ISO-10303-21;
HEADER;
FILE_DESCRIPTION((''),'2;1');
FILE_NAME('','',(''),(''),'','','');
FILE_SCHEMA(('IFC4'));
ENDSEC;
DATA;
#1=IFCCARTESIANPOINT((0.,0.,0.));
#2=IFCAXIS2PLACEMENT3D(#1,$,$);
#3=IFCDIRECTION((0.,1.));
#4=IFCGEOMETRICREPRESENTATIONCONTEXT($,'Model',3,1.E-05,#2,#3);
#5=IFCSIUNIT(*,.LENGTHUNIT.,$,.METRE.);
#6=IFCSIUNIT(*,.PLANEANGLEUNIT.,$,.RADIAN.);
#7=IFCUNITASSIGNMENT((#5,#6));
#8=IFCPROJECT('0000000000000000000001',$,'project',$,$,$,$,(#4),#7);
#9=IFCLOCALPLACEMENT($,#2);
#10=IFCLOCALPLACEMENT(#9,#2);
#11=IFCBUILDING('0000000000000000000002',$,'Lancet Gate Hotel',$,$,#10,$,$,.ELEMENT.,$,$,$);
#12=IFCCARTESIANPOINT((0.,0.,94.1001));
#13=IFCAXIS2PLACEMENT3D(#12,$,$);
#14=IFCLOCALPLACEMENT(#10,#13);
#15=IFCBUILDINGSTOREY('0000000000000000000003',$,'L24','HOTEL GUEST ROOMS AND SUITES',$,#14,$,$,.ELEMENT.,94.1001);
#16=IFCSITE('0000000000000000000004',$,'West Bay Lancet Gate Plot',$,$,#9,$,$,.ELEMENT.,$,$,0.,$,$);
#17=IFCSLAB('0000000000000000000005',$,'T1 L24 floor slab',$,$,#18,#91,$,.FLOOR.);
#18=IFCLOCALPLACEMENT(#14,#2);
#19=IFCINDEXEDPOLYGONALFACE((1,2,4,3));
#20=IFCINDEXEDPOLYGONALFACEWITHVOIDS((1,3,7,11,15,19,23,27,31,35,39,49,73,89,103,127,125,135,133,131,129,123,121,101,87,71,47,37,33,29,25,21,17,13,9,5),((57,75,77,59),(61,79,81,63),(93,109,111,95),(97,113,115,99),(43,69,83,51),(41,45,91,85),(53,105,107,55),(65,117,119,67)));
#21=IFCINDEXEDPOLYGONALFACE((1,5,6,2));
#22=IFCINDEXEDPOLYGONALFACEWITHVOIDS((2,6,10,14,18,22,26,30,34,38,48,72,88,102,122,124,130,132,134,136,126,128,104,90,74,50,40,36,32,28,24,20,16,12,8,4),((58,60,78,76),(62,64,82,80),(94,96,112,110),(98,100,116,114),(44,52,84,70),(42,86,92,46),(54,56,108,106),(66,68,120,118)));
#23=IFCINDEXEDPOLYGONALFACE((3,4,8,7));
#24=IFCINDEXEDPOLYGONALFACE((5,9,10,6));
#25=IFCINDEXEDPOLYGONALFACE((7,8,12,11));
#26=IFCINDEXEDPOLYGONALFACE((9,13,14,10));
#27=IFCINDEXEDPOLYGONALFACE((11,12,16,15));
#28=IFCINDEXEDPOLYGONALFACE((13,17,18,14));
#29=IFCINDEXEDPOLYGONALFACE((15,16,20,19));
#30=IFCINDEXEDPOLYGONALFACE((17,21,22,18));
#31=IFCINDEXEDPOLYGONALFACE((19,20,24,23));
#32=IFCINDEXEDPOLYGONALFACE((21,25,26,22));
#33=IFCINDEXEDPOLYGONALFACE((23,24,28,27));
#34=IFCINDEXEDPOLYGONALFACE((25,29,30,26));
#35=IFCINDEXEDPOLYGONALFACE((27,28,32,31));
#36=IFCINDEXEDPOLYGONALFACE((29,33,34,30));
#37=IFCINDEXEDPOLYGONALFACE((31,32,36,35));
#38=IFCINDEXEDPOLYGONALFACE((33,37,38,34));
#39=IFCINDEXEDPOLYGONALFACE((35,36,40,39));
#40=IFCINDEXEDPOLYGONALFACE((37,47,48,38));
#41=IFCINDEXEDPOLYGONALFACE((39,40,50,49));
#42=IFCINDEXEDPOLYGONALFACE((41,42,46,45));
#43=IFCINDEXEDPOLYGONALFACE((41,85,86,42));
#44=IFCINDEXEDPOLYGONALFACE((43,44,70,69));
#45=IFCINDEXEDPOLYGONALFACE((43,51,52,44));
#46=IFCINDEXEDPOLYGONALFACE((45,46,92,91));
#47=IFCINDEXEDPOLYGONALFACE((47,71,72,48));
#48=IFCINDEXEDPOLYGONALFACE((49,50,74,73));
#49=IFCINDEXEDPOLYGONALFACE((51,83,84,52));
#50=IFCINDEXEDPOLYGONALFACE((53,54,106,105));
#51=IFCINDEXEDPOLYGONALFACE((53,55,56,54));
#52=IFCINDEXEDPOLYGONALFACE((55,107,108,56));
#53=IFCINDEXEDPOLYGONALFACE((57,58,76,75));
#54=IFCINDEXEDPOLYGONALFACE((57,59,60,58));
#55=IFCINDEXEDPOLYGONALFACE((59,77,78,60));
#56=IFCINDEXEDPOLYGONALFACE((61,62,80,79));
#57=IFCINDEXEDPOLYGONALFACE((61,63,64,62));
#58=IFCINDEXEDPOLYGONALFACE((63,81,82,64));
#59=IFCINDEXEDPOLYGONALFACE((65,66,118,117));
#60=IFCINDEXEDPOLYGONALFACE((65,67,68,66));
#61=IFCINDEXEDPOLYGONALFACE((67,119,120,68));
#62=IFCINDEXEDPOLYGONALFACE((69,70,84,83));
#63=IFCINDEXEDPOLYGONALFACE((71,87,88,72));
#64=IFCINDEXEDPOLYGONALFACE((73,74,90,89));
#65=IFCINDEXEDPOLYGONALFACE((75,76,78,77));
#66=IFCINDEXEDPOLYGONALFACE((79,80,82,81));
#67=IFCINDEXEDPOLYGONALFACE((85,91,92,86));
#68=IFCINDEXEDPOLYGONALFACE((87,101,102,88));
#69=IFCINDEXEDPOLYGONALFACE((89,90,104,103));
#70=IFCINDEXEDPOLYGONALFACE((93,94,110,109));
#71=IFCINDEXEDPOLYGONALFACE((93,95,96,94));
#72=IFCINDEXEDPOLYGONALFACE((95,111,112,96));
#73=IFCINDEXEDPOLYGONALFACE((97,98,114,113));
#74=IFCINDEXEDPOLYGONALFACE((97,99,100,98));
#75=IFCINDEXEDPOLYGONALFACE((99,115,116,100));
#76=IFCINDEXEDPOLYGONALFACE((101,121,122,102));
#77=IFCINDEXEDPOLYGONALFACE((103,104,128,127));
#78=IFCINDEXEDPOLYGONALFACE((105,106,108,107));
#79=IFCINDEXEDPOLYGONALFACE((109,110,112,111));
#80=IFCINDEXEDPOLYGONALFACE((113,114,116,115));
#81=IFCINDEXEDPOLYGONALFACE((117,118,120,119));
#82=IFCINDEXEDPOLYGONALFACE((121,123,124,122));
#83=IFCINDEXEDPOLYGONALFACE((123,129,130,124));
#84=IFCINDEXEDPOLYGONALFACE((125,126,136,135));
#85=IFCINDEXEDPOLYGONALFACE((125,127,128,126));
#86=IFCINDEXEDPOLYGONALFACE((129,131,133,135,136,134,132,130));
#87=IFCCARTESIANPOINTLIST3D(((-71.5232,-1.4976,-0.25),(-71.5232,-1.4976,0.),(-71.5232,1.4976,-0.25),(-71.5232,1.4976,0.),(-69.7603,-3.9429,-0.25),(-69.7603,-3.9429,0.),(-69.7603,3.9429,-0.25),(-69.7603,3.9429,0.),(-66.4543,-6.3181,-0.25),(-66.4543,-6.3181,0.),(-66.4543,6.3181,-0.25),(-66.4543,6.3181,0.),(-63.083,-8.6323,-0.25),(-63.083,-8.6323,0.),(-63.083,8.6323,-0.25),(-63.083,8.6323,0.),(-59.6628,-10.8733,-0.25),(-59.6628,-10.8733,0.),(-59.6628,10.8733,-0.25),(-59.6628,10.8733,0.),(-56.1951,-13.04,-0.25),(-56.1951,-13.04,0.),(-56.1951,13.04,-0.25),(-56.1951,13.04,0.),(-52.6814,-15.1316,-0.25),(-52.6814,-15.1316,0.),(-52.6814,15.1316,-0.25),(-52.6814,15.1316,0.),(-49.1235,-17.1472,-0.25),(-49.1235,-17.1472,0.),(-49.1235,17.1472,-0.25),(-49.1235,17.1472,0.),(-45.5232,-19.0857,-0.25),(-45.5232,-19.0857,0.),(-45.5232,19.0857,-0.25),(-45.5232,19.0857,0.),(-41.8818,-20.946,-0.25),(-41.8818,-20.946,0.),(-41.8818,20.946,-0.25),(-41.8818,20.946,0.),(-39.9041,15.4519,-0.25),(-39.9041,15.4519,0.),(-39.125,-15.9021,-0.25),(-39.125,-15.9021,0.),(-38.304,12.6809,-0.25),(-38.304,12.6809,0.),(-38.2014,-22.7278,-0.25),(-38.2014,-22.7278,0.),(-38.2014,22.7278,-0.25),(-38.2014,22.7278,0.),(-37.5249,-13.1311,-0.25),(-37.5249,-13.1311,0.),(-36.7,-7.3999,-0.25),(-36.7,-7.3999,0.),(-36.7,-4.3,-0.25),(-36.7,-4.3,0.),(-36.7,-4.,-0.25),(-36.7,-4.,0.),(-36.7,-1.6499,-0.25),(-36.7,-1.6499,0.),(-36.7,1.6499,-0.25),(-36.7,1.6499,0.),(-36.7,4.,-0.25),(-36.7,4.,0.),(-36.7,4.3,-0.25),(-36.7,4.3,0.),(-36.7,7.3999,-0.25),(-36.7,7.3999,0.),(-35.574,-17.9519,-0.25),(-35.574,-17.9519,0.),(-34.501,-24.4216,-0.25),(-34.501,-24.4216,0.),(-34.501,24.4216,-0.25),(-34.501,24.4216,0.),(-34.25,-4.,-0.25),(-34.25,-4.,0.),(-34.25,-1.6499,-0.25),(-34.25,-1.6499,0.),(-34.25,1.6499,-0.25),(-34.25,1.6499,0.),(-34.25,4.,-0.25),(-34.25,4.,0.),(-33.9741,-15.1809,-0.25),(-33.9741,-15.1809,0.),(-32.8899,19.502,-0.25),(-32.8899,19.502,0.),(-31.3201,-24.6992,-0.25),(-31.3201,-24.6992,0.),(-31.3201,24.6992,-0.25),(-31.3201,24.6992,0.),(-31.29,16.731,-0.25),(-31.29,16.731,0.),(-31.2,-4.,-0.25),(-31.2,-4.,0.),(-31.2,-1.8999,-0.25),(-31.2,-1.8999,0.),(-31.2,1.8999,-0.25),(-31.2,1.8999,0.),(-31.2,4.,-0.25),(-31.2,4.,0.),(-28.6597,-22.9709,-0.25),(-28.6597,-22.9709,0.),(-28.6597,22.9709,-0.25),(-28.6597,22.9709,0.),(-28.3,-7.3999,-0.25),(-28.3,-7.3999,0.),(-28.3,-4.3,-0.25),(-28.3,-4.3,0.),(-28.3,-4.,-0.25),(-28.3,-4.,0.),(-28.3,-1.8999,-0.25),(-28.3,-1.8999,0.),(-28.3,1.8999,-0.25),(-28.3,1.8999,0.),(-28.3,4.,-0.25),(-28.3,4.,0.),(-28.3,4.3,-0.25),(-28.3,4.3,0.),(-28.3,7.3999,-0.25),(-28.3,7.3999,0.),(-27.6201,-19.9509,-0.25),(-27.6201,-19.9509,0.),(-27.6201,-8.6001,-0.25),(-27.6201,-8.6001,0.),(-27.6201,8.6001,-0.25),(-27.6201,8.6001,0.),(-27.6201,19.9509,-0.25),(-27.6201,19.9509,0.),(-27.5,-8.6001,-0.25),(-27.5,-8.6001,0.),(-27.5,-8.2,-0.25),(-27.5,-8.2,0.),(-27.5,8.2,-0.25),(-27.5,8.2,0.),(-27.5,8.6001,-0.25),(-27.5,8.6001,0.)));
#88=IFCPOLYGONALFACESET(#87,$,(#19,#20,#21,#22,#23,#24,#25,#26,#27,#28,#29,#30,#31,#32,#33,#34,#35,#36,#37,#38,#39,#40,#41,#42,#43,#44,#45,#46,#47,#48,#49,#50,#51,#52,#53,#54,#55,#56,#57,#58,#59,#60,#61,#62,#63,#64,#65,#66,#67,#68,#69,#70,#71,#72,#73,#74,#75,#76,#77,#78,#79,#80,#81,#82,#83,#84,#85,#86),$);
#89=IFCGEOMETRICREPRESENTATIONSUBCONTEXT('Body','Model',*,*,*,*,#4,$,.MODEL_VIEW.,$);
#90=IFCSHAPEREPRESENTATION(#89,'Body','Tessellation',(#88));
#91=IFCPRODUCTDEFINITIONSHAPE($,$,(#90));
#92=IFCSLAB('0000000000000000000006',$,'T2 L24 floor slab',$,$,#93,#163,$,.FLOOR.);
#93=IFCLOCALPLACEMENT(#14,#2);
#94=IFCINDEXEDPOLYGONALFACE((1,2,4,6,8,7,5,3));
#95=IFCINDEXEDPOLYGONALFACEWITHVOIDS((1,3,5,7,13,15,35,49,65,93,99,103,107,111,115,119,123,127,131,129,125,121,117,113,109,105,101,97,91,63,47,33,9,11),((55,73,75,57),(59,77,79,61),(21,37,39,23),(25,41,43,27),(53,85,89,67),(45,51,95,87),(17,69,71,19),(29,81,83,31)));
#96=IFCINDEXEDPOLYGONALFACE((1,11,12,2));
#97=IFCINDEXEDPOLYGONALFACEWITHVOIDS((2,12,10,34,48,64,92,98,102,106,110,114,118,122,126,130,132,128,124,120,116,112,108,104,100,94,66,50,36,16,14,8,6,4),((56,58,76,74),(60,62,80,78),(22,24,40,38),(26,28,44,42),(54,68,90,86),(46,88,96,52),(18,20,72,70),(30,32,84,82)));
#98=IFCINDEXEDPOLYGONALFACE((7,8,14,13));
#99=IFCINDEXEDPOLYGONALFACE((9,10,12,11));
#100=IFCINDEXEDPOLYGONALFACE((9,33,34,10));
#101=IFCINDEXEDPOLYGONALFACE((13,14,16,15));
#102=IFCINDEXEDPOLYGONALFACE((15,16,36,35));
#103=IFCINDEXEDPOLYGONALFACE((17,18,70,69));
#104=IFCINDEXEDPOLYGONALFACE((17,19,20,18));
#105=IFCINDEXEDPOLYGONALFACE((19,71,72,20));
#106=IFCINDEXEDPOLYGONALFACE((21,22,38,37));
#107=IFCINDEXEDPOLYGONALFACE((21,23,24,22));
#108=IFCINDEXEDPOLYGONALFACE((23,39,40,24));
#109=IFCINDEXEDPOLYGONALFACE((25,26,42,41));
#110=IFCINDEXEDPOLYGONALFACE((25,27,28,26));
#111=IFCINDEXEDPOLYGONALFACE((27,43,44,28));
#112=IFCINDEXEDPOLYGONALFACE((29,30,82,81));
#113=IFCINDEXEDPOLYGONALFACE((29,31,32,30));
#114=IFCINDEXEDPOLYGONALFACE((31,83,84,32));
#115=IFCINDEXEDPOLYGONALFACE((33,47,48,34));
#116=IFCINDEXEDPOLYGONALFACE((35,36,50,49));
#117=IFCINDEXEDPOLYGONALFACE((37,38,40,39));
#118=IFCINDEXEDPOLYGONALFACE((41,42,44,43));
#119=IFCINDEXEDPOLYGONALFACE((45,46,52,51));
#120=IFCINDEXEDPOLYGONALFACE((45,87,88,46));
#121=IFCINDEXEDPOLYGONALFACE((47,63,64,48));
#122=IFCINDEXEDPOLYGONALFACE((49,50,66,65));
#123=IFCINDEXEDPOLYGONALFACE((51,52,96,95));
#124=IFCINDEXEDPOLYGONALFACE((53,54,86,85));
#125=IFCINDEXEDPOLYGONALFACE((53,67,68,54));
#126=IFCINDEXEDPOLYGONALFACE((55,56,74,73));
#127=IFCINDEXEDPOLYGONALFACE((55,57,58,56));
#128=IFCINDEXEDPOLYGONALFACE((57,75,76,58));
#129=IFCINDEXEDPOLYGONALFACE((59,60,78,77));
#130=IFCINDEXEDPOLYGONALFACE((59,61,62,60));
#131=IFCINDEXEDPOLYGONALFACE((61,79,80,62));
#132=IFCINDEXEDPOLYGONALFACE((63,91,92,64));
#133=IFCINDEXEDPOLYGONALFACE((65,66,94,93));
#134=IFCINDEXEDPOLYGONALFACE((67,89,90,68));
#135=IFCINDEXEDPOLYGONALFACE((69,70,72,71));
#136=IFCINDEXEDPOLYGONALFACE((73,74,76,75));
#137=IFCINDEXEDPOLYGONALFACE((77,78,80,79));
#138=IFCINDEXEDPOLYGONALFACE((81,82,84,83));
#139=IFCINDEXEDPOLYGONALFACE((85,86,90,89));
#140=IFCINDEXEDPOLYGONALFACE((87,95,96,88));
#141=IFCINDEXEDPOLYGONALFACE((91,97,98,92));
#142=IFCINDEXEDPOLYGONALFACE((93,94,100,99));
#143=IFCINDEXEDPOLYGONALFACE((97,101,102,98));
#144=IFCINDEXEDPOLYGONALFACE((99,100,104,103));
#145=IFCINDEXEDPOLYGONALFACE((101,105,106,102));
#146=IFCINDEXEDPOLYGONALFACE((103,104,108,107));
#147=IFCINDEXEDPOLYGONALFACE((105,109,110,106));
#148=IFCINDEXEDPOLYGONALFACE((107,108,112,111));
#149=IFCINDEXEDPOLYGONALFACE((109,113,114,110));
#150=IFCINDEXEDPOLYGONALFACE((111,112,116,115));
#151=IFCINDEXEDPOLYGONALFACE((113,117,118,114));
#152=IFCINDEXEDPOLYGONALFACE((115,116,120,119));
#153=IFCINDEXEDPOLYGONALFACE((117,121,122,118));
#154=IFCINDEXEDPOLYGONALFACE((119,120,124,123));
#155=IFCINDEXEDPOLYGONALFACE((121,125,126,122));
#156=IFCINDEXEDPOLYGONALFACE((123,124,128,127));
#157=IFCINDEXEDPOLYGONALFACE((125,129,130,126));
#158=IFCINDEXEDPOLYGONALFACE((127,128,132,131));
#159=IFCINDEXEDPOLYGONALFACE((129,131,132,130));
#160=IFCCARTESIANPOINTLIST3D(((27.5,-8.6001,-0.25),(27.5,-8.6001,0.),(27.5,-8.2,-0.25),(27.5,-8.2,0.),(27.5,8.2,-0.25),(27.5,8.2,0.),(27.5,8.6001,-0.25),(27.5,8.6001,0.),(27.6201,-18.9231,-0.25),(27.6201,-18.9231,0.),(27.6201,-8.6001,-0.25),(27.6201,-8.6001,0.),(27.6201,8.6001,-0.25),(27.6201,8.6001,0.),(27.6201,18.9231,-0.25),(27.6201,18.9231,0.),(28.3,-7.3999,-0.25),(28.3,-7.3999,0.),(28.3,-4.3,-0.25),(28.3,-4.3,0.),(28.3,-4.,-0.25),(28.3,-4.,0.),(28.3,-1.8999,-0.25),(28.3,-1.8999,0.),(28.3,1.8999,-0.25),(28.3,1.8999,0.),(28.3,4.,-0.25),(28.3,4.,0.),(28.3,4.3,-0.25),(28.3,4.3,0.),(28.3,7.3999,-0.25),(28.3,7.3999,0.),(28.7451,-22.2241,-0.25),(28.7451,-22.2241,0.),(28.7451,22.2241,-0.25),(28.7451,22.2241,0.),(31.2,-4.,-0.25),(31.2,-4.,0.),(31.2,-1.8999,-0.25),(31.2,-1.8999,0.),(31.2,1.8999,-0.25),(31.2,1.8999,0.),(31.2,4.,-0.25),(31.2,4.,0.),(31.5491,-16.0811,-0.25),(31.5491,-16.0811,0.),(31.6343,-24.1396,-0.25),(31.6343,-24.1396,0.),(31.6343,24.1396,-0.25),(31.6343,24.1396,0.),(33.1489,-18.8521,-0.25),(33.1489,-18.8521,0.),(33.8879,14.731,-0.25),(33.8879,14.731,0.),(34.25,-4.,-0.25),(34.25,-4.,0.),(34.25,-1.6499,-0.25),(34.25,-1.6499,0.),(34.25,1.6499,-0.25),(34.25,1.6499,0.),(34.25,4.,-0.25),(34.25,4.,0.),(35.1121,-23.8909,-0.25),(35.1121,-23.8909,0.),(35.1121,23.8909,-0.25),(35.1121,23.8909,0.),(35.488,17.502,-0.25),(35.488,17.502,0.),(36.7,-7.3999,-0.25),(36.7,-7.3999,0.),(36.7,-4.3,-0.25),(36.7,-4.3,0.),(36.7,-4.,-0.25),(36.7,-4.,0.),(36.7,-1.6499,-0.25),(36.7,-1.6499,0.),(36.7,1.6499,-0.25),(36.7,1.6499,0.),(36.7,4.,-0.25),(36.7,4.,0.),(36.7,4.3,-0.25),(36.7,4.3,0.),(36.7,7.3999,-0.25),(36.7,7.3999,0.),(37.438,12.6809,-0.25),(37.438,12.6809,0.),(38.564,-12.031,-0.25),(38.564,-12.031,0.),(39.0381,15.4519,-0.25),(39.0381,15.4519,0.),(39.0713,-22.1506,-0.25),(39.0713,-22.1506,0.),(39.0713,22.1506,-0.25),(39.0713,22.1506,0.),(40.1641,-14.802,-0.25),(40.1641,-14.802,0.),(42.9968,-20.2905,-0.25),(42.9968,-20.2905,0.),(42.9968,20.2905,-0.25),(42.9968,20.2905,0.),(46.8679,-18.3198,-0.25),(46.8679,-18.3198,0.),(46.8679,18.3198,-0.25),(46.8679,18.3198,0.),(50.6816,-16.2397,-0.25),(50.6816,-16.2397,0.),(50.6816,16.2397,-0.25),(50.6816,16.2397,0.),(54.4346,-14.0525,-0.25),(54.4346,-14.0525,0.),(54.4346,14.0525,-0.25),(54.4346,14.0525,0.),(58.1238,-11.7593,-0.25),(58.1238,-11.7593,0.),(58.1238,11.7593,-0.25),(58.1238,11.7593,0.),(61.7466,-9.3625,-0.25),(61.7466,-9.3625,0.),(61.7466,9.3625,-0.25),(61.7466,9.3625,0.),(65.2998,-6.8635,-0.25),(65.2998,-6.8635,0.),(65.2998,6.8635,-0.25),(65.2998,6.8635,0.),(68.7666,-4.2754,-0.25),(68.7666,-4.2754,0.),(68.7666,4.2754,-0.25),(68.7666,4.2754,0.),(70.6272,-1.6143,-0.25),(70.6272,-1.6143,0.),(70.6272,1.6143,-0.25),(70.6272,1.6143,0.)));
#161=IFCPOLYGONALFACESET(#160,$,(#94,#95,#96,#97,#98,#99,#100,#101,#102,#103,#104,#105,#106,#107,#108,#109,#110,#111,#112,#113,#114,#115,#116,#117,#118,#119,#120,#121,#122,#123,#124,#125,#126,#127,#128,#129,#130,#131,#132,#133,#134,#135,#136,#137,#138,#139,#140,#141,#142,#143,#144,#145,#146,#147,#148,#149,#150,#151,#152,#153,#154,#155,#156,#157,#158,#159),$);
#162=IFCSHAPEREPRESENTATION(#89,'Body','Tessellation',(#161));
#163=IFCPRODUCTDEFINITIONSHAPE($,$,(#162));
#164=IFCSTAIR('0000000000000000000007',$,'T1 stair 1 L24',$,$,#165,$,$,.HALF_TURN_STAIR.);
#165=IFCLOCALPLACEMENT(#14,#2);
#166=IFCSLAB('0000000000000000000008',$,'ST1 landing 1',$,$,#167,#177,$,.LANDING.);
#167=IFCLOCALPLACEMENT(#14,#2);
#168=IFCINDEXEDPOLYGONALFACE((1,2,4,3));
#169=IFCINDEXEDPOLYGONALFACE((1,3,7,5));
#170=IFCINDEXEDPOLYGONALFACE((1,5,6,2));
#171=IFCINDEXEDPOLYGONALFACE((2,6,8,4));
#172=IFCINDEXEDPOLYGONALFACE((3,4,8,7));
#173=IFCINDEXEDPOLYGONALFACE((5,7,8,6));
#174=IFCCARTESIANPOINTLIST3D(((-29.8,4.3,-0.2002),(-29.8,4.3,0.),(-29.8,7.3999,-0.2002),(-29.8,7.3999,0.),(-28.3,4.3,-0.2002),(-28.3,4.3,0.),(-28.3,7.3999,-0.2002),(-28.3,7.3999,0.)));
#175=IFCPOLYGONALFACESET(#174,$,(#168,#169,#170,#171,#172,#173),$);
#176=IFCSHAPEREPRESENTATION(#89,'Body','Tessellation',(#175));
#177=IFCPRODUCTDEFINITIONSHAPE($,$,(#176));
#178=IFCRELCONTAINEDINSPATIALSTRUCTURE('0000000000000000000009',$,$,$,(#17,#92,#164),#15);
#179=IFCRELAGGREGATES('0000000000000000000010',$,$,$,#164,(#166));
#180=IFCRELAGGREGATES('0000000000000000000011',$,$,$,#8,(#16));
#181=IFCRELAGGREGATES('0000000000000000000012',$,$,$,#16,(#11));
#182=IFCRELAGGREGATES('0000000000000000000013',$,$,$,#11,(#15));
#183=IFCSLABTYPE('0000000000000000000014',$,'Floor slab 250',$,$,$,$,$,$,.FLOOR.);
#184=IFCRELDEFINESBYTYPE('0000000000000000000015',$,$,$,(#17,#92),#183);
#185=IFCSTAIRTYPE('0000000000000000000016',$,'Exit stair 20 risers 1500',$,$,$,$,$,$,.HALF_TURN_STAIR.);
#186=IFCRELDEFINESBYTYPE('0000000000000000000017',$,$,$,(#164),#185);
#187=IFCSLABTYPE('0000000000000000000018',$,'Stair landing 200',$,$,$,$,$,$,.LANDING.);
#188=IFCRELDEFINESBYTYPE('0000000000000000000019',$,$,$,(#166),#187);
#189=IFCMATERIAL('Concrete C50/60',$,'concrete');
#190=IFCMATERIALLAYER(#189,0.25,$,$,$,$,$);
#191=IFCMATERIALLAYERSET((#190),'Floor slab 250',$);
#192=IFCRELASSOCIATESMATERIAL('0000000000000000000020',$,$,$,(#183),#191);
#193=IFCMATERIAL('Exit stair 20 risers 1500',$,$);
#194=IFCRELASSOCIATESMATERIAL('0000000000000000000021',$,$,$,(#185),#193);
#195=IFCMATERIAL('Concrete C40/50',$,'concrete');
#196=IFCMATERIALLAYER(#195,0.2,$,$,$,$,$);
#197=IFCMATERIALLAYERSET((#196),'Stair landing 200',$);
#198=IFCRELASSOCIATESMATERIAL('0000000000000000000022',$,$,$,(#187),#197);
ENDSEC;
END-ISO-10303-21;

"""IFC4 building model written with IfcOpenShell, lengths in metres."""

from ifc_helpers import new_model, si_unit, direction, frame, origin, place, context, subcontext, project, spatial, polyline, outline, extrude, material, layer, layer_set, type_object, element, aggregate, save


model = new_model("IFC4")

# Units and contexts
model_context = context("Model", 3, precision=1e-05, world=origin(), true_north=direction((0.0, 1.0)))
body_context = subcontext(model_context, "Body", "Model", "MODEL_VIEW")
ifc_project = project(units=[si_unit("LENGTHUNIT", "METRE"), si_unit("PLANEANGLEUNIT", "RADIAN")], contexts=[model_context])

# Site, building, storey
site_placement = place(None, origin())
site = spatial("IfcSite", under=ifc_project, at=site_placement, Name="West Bay Lancet Gate Plot", CompositionType="ELEMENT", RefElevation=0.0)
building_placement = place(site_placement, origin())
building = spatial("IfcBuilding", under=site, at=building_placement, Name="Lancet Gate Hotel", CompositionType="ELEMENT")
storey_placement = place(building_placement, frame((0.0, 0.0, 94.1001)))
storey = spatial("IfcBuildingStorey", under=building, at=storey_placement, Name="L24", Description="HOTEL GUEST ROOMS AND SUITES", CompositionType="ELEMENT", Elevation=94.1001)

# Slabs
ifc_material_1 = material(Name="Concrete C50/60", Category="concrete")
ifc_layer_1 = layer(ifc_material_1, 0.25)
ifc_layer_set_1 = layer_set([ifc_layer_1], Name="Floor slab 250")
slab_type_1 = type_object("IfcSlabType", Name="Floor slab 250", PredefinedType="FLOOR", material=ifc_layer_set_1)
slab_1_placement = place(storey_placement, frame((0.0, 0.0, -0.25)))
element("IfcSlab", 1, at=slab_1_placement, inside=storey, type_object=slab_type_1, Name="T1 L24 floor slab", PredefinedType="FLOOR", context=body_context, shape_type="SweptSolid", body=[
    extrude(outline(polyline([(-27.5, 8.6001), (-27.6201, 8.6001), (-27.6201, 19.9509), (-28.6597, 22.9709), (-31.3201, 24.6992), (-34.501, 24.4216), (-38.2014, 22.7278), (-41.8818, 20.946), (-45.5232, 19.0857), (-49.1235, 17.1472), (-52.6814, 15.1316), (-56.1951, 13.04), (-59.6628, 10.8733), (-63.083, 8.6323), (-66.4543, 6.3181), (-69.7603, 3.9429), (-71.5232, 1.4976), (-71.5232, -1.4976), (-69.7603, -3.9429), (-66.4543, -6.3181), (-63.083, -8.6323), (-59.6628, -10.8733), (-56.1951, -13.04), (-52.6814, -15.1316), (-49.1235, -17.1472), (-45.5232, -19.0857), (-41.8818, -20.946), (-38.2014, -22.7278), (-34.501, -24.4216), (-31.3201, -24.6992), (-28.6597, -22.9709), (-27.6201, -19.9509), (-27.6201, -8.6001), (-27.5, -8.6001), (-27.5, -8.2), (-27.5, 8.2), (-27.5, 8.6001)]), holes=[polyline([(-36.7, 7.3999), (-36.7, 4.3), (-28.3, 4.3), (-28.3, 7.3999), (-36.7, 7.3999)]), polyline([(-28.3, 4.0), (-31.2, 4.0), (-31.2, 1.8999), (-28.3, 1.8999), (-28.3, 4.0)]), polyline([(-34.25, 4.0), (-36.7, 4.0), (-36.7, 1.6499), (-34.25, 1.6499), (-34.25, 4.0)]), polyline([(-36.7, -1.6499), (-36.7, -4.0), (-34.25, -4.0), (-34.25, -1.6499), (-36.7, -1.6499)]), polyline([(-28.3, -1.8999), (-31.2, -1.8999), (-31.2, -4.0), (-28.3, -4.0), (-28.3, -1.8999)]), polyline([(-28.3, -4.3), (-36.7, -4.3), (-36.7, -7.3999), (-28.3, -7.3999), (-28.3, -4.3)]), polyline([(-31.29, 16.731), (-32.8899, 19.502), (-39.9041, 15.4519), (-38.304, 12.6809), (-31.29, 16.731)]), polyline([(-33.9741, -15.1809), (-37.5249, -13.1311), (-39.125, -15.9021), (-35.574, -17.9519), (-33.9741, -15.1809)])]), origin(), (0.0, 0.0, 1.0), 0.25),
])
slab_2_placement = place(storey_placement, frame((0.0, 0.0, -0.25)))
element("IfcSlab", 2, at=slab_2_placement, inside=storey, type_object=slab_type_1, Name="T2 L24 floor slab", PredefinedType="FLOOR", context=body_context, shape_type="SweptSolid", body=[
    extrude(outline(polyline([(27.5, -8.6001), (27.6201, -8.6001), (27.6201, -18.9231), (28.7451, -22.2241), (31.6343, -24.1396), (35.1121, -23.8909), (39.0713, -22.1506), (42.9968, -20.2905), (46.8679, -18.3198), (50.6816, -16.2397), (54.4346, -14.0525), (58.1238, -11.7593), (61.7466, -9.3625), (65.2998, -6.8635), (68.7666, -4.2754), (70.6272, -1.6143), (70.6272, 1.6143), (68.7666, 4.2754), (65.2998, 6.8635), (61.7466, 9.3625), (58.1238, 11.7593), (54.4346, 14.0525), (50.6816, 16.2397), (46.8679, 18.3198), (42.9968, 20.2905), (39.0713, 22.1506), (35.1121, 23.8909), (31.6343, 24.1396), (28.7451, 22.2241), (27.6201, 18.9231), (27.6201, 8.6001), (27.5, 8.6001), (27.5, 8.2), (27.5, -8.2), (27.5, -8.6001)]), holes=[polyline([(36.7, -7.3999), (36.7, -4.3), (28.3, -4.3), (28.3, -7.3999), (36.7, -7.3999)]), polyline([(28.3, -4.0), (31.2, -4.0), (31.2, -1.8999), (28.3, -1.8999), (28.3, -4.0)]), polyline([(34.25, -4.0), (36.7, -4.0), (36.7, -1.6499), (34.25, -1.6499), (34.25, -4.0)]), polyline([(36.7, 1.6499), (36.7, 4.0), (34.25, 4.0), (34.25, 1.6499), (36.7, 1.6499)]), polyline([(28.3, 1.8999), (31.2, 1.8999), (31.2, 4.0), (28.3, 4.0), (28.3, 1.8999)]), polyline([(28.3, 4.3), (36.7, 4.3), (36.7, 7.3999), (28.3, 7.3999), (28.3, 4.3)]), polyline([(31.5491, -16.0811), (33.1489, -18.8521), (40.1641, -14.802), (38.564, -12.031), (31.5491, -16.0811)]), polyline([(33.8879, 14.731), (37.438, 12.6809), (39.0381, 15.4519), (35.488, 17.502), (33.8879, 14.731)])]), origin(), (0.0, 0.0, 1.0), 0.25),
])

# Stair, slab
ifc_material_2 = material(Name="Exit stair 20 risers 1500")
stair_type = type_object("IfcStairType", Name="Exit stair 20 risers 1500", PredefinedType="HALF_TURN_STAIR", material=ifc_material_2)
stair_placement = place(storey_placement, origin())
stair = element("IfcStair", 3, at=stair_placement, inside=storey, type_object=stair_type, Name="T1 stair 1 L24", PredefinedType="HALF_TURN_STAIR")
ifc_material_3 = material(Name="Concrete C40/50", Category="concrete")
ifc_layer_2 = layer(ifc_material_3, 0.2)
ifc_layer_set_2 = layer_set([ifc_layer_2], Name="Stair landing 200")
slab_type_2 = type_object("IfcSlabType", Name="Stair landing 200", PredefinedType="LANDING", material=ifc_layer_set_2)
slab_3_placement = place(storey_placement, frame((0.0, 0.0, -0.2002)))
slab_3 = element("IfcSlab", 4, at=slab_3_placement, type_object=slab_type_2, Name="ST1 landing 1", PredefinedType="LANDING", context=body_context, shape_type="SweptSolid", body=[
    extrude(outline(polyline([(-28.3, 7.3999), (-29.8, 7.3999), (-29.8, 4.3), (-28.3, 4.3), (-28.3, 7.3999)])), origin(), (0.0, 0.0, 1.0), 0.2002),
])
aggregate(stair, [slab_3])

save(model, "model.ifc")
